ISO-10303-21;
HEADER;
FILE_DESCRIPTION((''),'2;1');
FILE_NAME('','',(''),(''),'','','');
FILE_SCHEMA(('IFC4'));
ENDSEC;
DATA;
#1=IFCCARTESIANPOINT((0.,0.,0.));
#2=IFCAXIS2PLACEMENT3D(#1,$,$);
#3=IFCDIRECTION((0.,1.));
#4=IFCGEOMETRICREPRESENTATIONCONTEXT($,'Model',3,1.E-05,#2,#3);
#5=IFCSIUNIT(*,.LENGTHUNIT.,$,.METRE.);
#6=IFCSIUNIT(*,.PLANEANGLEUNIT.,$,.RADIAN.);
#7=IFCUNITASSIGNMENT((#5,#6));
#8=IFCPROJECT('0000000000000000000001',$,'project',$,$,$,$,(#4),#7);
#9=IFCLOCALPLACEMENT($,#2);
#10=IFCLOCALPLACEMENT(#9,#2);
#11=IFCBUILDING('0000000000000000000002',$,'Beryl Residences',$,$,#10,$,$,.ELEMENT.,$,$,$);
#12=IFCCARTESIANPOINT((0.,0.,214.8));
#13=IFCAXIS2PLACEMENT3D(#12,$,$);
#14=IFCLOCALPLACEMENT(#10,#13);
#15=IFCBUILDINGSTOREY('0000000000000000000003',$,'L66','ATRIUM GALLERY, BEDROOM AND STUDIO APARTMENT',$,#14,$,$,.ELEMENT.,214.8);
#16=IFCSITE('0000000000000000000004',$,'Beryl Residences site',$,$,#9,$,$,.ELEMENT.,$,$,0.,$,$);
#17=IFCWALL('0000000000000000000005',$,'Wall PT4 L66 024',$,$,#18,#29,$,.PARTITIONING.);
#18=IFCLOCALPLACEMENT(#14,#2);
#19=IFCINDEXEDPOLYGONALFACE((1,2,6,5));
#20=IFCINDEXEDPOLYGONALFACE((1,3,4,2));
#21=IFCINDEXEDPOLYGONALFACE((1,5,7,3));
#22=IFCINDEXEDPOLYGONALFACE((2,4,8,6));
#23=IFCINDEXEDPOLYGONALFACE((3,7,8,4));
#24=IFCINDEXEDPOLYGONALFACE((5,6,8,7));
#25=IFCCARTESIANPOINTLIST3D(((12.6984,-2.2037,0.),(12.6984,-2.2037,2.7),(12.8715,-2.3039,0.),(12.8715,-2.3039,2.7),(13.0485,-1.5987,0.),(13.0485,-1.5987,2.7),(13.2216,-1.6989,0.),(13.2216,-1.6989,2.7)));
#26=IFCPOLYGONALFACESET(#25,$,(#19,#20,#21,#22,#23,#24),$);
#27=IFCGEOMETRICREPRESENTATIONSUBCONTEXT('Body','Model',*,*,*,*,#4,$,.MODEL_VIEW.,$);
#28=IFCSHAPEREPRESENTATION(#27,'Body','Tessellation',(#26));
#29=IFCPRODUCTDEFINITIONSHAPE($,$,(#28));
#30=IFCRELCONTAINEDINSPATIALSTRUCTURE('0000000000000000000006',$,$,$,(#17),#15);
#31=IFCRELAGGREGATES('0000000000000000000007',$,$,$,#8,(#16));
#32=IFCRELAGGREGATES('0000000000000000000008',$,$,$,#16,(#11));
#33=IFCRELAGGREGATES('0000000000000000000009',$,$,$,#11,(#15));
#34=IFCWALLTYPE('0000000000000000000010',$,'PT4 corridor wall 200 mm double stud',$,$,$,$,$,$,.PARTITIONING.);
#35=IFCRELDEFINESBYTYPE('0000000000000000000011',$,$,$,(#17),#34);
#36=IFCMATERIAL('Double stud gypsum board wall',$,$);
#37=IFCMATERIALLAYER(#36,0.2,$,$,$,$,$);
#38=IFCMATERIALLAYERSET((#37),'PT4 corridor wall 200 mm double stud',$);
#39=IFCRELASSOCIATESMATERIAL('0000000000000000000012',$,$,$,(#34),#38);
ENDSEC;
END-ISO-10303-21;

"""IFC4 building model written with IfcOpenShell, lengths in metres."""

from ifc_helpers import new_model, si_unit, direction, frame, frame_2d, origin, place, context, subcontext, project, spatial, rectangle, extrude, material, layer, layer_set, type_object, element, save


model = new_model("IFC4")

# Units and contexts
model_context = context("Model", 3, precision=1e-05, world=origin(), true_north=direction((0.0, 1.0)))
body_context = subcontext(model_context, "Body", "Model", "MODEL_VIEW")
ifc_project = project(units=[si_unit("LENGTHUNIT", "METRE"), si_unit("PLANEANGLEUNIT", "RADIAN")], contexts=[model_context])

# Site, building, storey
site_placement = place(None, origin())
site = spatial("IfcSite", under=ifc_project, at=site_placement, Name="Beryl Residences site", CompositionType="ELEMENT", RefElevation=0.0)
building_placement = place(site_placement, origin())
building = spatial("IfcBuilding", under=site, at=building_placement, Name="Beryl Residences", CompositionType="ELEMENT")
storey_placement = place(building_placement, frame((0.0, 0.0, 214.8)))
storey = spatial("IfcBuildingStorey", under=building, at=storey_placement, Name="L66", Description="ATRIUM GALLERY, BEDROOM AND STUDIO APARTMENT", CompositionType="ELEMENT", Elevation=214.8)

# Wall
ifc_material_1 = material(Name="Double stud gypsum board wall")
ifc_layer_1 = layer(ifc_material_1, 0.2)
ifc_layer_set_1 = layer_set([ifc_layer_1], Name="PT4 corridor wall 200 mm double stud")
wall_type_1 = type_object("IfcWallType", Name="PT4 corridor wall 200 mm double stud", PredefinedType="PARTITIONING", material=ifc_layer_set_1)
wall_1_placement = place(storey_placement, frame((12.7849, -2.2539, 0.0), z_axis=(0.0, 0.0, 1.0), x_axis=(0.500871, 0.865522, 0.0)))
element("IfcWall", 1, at=wall_1_placement, inside=storey, type_object=wall_type_1, Name="Wall PT4 L66 024", PredefinedType="PARTITIONING", context=body_context, shape_type="SweptSolid", body=[
    extrude(rectangle(XDim=0.699, YDim=0.2, at=frame_2d((0.3496, 0.0))), origin(), (0.0, 0.0, 1.0), 2.7),
])

save(model, "model.ifc")
